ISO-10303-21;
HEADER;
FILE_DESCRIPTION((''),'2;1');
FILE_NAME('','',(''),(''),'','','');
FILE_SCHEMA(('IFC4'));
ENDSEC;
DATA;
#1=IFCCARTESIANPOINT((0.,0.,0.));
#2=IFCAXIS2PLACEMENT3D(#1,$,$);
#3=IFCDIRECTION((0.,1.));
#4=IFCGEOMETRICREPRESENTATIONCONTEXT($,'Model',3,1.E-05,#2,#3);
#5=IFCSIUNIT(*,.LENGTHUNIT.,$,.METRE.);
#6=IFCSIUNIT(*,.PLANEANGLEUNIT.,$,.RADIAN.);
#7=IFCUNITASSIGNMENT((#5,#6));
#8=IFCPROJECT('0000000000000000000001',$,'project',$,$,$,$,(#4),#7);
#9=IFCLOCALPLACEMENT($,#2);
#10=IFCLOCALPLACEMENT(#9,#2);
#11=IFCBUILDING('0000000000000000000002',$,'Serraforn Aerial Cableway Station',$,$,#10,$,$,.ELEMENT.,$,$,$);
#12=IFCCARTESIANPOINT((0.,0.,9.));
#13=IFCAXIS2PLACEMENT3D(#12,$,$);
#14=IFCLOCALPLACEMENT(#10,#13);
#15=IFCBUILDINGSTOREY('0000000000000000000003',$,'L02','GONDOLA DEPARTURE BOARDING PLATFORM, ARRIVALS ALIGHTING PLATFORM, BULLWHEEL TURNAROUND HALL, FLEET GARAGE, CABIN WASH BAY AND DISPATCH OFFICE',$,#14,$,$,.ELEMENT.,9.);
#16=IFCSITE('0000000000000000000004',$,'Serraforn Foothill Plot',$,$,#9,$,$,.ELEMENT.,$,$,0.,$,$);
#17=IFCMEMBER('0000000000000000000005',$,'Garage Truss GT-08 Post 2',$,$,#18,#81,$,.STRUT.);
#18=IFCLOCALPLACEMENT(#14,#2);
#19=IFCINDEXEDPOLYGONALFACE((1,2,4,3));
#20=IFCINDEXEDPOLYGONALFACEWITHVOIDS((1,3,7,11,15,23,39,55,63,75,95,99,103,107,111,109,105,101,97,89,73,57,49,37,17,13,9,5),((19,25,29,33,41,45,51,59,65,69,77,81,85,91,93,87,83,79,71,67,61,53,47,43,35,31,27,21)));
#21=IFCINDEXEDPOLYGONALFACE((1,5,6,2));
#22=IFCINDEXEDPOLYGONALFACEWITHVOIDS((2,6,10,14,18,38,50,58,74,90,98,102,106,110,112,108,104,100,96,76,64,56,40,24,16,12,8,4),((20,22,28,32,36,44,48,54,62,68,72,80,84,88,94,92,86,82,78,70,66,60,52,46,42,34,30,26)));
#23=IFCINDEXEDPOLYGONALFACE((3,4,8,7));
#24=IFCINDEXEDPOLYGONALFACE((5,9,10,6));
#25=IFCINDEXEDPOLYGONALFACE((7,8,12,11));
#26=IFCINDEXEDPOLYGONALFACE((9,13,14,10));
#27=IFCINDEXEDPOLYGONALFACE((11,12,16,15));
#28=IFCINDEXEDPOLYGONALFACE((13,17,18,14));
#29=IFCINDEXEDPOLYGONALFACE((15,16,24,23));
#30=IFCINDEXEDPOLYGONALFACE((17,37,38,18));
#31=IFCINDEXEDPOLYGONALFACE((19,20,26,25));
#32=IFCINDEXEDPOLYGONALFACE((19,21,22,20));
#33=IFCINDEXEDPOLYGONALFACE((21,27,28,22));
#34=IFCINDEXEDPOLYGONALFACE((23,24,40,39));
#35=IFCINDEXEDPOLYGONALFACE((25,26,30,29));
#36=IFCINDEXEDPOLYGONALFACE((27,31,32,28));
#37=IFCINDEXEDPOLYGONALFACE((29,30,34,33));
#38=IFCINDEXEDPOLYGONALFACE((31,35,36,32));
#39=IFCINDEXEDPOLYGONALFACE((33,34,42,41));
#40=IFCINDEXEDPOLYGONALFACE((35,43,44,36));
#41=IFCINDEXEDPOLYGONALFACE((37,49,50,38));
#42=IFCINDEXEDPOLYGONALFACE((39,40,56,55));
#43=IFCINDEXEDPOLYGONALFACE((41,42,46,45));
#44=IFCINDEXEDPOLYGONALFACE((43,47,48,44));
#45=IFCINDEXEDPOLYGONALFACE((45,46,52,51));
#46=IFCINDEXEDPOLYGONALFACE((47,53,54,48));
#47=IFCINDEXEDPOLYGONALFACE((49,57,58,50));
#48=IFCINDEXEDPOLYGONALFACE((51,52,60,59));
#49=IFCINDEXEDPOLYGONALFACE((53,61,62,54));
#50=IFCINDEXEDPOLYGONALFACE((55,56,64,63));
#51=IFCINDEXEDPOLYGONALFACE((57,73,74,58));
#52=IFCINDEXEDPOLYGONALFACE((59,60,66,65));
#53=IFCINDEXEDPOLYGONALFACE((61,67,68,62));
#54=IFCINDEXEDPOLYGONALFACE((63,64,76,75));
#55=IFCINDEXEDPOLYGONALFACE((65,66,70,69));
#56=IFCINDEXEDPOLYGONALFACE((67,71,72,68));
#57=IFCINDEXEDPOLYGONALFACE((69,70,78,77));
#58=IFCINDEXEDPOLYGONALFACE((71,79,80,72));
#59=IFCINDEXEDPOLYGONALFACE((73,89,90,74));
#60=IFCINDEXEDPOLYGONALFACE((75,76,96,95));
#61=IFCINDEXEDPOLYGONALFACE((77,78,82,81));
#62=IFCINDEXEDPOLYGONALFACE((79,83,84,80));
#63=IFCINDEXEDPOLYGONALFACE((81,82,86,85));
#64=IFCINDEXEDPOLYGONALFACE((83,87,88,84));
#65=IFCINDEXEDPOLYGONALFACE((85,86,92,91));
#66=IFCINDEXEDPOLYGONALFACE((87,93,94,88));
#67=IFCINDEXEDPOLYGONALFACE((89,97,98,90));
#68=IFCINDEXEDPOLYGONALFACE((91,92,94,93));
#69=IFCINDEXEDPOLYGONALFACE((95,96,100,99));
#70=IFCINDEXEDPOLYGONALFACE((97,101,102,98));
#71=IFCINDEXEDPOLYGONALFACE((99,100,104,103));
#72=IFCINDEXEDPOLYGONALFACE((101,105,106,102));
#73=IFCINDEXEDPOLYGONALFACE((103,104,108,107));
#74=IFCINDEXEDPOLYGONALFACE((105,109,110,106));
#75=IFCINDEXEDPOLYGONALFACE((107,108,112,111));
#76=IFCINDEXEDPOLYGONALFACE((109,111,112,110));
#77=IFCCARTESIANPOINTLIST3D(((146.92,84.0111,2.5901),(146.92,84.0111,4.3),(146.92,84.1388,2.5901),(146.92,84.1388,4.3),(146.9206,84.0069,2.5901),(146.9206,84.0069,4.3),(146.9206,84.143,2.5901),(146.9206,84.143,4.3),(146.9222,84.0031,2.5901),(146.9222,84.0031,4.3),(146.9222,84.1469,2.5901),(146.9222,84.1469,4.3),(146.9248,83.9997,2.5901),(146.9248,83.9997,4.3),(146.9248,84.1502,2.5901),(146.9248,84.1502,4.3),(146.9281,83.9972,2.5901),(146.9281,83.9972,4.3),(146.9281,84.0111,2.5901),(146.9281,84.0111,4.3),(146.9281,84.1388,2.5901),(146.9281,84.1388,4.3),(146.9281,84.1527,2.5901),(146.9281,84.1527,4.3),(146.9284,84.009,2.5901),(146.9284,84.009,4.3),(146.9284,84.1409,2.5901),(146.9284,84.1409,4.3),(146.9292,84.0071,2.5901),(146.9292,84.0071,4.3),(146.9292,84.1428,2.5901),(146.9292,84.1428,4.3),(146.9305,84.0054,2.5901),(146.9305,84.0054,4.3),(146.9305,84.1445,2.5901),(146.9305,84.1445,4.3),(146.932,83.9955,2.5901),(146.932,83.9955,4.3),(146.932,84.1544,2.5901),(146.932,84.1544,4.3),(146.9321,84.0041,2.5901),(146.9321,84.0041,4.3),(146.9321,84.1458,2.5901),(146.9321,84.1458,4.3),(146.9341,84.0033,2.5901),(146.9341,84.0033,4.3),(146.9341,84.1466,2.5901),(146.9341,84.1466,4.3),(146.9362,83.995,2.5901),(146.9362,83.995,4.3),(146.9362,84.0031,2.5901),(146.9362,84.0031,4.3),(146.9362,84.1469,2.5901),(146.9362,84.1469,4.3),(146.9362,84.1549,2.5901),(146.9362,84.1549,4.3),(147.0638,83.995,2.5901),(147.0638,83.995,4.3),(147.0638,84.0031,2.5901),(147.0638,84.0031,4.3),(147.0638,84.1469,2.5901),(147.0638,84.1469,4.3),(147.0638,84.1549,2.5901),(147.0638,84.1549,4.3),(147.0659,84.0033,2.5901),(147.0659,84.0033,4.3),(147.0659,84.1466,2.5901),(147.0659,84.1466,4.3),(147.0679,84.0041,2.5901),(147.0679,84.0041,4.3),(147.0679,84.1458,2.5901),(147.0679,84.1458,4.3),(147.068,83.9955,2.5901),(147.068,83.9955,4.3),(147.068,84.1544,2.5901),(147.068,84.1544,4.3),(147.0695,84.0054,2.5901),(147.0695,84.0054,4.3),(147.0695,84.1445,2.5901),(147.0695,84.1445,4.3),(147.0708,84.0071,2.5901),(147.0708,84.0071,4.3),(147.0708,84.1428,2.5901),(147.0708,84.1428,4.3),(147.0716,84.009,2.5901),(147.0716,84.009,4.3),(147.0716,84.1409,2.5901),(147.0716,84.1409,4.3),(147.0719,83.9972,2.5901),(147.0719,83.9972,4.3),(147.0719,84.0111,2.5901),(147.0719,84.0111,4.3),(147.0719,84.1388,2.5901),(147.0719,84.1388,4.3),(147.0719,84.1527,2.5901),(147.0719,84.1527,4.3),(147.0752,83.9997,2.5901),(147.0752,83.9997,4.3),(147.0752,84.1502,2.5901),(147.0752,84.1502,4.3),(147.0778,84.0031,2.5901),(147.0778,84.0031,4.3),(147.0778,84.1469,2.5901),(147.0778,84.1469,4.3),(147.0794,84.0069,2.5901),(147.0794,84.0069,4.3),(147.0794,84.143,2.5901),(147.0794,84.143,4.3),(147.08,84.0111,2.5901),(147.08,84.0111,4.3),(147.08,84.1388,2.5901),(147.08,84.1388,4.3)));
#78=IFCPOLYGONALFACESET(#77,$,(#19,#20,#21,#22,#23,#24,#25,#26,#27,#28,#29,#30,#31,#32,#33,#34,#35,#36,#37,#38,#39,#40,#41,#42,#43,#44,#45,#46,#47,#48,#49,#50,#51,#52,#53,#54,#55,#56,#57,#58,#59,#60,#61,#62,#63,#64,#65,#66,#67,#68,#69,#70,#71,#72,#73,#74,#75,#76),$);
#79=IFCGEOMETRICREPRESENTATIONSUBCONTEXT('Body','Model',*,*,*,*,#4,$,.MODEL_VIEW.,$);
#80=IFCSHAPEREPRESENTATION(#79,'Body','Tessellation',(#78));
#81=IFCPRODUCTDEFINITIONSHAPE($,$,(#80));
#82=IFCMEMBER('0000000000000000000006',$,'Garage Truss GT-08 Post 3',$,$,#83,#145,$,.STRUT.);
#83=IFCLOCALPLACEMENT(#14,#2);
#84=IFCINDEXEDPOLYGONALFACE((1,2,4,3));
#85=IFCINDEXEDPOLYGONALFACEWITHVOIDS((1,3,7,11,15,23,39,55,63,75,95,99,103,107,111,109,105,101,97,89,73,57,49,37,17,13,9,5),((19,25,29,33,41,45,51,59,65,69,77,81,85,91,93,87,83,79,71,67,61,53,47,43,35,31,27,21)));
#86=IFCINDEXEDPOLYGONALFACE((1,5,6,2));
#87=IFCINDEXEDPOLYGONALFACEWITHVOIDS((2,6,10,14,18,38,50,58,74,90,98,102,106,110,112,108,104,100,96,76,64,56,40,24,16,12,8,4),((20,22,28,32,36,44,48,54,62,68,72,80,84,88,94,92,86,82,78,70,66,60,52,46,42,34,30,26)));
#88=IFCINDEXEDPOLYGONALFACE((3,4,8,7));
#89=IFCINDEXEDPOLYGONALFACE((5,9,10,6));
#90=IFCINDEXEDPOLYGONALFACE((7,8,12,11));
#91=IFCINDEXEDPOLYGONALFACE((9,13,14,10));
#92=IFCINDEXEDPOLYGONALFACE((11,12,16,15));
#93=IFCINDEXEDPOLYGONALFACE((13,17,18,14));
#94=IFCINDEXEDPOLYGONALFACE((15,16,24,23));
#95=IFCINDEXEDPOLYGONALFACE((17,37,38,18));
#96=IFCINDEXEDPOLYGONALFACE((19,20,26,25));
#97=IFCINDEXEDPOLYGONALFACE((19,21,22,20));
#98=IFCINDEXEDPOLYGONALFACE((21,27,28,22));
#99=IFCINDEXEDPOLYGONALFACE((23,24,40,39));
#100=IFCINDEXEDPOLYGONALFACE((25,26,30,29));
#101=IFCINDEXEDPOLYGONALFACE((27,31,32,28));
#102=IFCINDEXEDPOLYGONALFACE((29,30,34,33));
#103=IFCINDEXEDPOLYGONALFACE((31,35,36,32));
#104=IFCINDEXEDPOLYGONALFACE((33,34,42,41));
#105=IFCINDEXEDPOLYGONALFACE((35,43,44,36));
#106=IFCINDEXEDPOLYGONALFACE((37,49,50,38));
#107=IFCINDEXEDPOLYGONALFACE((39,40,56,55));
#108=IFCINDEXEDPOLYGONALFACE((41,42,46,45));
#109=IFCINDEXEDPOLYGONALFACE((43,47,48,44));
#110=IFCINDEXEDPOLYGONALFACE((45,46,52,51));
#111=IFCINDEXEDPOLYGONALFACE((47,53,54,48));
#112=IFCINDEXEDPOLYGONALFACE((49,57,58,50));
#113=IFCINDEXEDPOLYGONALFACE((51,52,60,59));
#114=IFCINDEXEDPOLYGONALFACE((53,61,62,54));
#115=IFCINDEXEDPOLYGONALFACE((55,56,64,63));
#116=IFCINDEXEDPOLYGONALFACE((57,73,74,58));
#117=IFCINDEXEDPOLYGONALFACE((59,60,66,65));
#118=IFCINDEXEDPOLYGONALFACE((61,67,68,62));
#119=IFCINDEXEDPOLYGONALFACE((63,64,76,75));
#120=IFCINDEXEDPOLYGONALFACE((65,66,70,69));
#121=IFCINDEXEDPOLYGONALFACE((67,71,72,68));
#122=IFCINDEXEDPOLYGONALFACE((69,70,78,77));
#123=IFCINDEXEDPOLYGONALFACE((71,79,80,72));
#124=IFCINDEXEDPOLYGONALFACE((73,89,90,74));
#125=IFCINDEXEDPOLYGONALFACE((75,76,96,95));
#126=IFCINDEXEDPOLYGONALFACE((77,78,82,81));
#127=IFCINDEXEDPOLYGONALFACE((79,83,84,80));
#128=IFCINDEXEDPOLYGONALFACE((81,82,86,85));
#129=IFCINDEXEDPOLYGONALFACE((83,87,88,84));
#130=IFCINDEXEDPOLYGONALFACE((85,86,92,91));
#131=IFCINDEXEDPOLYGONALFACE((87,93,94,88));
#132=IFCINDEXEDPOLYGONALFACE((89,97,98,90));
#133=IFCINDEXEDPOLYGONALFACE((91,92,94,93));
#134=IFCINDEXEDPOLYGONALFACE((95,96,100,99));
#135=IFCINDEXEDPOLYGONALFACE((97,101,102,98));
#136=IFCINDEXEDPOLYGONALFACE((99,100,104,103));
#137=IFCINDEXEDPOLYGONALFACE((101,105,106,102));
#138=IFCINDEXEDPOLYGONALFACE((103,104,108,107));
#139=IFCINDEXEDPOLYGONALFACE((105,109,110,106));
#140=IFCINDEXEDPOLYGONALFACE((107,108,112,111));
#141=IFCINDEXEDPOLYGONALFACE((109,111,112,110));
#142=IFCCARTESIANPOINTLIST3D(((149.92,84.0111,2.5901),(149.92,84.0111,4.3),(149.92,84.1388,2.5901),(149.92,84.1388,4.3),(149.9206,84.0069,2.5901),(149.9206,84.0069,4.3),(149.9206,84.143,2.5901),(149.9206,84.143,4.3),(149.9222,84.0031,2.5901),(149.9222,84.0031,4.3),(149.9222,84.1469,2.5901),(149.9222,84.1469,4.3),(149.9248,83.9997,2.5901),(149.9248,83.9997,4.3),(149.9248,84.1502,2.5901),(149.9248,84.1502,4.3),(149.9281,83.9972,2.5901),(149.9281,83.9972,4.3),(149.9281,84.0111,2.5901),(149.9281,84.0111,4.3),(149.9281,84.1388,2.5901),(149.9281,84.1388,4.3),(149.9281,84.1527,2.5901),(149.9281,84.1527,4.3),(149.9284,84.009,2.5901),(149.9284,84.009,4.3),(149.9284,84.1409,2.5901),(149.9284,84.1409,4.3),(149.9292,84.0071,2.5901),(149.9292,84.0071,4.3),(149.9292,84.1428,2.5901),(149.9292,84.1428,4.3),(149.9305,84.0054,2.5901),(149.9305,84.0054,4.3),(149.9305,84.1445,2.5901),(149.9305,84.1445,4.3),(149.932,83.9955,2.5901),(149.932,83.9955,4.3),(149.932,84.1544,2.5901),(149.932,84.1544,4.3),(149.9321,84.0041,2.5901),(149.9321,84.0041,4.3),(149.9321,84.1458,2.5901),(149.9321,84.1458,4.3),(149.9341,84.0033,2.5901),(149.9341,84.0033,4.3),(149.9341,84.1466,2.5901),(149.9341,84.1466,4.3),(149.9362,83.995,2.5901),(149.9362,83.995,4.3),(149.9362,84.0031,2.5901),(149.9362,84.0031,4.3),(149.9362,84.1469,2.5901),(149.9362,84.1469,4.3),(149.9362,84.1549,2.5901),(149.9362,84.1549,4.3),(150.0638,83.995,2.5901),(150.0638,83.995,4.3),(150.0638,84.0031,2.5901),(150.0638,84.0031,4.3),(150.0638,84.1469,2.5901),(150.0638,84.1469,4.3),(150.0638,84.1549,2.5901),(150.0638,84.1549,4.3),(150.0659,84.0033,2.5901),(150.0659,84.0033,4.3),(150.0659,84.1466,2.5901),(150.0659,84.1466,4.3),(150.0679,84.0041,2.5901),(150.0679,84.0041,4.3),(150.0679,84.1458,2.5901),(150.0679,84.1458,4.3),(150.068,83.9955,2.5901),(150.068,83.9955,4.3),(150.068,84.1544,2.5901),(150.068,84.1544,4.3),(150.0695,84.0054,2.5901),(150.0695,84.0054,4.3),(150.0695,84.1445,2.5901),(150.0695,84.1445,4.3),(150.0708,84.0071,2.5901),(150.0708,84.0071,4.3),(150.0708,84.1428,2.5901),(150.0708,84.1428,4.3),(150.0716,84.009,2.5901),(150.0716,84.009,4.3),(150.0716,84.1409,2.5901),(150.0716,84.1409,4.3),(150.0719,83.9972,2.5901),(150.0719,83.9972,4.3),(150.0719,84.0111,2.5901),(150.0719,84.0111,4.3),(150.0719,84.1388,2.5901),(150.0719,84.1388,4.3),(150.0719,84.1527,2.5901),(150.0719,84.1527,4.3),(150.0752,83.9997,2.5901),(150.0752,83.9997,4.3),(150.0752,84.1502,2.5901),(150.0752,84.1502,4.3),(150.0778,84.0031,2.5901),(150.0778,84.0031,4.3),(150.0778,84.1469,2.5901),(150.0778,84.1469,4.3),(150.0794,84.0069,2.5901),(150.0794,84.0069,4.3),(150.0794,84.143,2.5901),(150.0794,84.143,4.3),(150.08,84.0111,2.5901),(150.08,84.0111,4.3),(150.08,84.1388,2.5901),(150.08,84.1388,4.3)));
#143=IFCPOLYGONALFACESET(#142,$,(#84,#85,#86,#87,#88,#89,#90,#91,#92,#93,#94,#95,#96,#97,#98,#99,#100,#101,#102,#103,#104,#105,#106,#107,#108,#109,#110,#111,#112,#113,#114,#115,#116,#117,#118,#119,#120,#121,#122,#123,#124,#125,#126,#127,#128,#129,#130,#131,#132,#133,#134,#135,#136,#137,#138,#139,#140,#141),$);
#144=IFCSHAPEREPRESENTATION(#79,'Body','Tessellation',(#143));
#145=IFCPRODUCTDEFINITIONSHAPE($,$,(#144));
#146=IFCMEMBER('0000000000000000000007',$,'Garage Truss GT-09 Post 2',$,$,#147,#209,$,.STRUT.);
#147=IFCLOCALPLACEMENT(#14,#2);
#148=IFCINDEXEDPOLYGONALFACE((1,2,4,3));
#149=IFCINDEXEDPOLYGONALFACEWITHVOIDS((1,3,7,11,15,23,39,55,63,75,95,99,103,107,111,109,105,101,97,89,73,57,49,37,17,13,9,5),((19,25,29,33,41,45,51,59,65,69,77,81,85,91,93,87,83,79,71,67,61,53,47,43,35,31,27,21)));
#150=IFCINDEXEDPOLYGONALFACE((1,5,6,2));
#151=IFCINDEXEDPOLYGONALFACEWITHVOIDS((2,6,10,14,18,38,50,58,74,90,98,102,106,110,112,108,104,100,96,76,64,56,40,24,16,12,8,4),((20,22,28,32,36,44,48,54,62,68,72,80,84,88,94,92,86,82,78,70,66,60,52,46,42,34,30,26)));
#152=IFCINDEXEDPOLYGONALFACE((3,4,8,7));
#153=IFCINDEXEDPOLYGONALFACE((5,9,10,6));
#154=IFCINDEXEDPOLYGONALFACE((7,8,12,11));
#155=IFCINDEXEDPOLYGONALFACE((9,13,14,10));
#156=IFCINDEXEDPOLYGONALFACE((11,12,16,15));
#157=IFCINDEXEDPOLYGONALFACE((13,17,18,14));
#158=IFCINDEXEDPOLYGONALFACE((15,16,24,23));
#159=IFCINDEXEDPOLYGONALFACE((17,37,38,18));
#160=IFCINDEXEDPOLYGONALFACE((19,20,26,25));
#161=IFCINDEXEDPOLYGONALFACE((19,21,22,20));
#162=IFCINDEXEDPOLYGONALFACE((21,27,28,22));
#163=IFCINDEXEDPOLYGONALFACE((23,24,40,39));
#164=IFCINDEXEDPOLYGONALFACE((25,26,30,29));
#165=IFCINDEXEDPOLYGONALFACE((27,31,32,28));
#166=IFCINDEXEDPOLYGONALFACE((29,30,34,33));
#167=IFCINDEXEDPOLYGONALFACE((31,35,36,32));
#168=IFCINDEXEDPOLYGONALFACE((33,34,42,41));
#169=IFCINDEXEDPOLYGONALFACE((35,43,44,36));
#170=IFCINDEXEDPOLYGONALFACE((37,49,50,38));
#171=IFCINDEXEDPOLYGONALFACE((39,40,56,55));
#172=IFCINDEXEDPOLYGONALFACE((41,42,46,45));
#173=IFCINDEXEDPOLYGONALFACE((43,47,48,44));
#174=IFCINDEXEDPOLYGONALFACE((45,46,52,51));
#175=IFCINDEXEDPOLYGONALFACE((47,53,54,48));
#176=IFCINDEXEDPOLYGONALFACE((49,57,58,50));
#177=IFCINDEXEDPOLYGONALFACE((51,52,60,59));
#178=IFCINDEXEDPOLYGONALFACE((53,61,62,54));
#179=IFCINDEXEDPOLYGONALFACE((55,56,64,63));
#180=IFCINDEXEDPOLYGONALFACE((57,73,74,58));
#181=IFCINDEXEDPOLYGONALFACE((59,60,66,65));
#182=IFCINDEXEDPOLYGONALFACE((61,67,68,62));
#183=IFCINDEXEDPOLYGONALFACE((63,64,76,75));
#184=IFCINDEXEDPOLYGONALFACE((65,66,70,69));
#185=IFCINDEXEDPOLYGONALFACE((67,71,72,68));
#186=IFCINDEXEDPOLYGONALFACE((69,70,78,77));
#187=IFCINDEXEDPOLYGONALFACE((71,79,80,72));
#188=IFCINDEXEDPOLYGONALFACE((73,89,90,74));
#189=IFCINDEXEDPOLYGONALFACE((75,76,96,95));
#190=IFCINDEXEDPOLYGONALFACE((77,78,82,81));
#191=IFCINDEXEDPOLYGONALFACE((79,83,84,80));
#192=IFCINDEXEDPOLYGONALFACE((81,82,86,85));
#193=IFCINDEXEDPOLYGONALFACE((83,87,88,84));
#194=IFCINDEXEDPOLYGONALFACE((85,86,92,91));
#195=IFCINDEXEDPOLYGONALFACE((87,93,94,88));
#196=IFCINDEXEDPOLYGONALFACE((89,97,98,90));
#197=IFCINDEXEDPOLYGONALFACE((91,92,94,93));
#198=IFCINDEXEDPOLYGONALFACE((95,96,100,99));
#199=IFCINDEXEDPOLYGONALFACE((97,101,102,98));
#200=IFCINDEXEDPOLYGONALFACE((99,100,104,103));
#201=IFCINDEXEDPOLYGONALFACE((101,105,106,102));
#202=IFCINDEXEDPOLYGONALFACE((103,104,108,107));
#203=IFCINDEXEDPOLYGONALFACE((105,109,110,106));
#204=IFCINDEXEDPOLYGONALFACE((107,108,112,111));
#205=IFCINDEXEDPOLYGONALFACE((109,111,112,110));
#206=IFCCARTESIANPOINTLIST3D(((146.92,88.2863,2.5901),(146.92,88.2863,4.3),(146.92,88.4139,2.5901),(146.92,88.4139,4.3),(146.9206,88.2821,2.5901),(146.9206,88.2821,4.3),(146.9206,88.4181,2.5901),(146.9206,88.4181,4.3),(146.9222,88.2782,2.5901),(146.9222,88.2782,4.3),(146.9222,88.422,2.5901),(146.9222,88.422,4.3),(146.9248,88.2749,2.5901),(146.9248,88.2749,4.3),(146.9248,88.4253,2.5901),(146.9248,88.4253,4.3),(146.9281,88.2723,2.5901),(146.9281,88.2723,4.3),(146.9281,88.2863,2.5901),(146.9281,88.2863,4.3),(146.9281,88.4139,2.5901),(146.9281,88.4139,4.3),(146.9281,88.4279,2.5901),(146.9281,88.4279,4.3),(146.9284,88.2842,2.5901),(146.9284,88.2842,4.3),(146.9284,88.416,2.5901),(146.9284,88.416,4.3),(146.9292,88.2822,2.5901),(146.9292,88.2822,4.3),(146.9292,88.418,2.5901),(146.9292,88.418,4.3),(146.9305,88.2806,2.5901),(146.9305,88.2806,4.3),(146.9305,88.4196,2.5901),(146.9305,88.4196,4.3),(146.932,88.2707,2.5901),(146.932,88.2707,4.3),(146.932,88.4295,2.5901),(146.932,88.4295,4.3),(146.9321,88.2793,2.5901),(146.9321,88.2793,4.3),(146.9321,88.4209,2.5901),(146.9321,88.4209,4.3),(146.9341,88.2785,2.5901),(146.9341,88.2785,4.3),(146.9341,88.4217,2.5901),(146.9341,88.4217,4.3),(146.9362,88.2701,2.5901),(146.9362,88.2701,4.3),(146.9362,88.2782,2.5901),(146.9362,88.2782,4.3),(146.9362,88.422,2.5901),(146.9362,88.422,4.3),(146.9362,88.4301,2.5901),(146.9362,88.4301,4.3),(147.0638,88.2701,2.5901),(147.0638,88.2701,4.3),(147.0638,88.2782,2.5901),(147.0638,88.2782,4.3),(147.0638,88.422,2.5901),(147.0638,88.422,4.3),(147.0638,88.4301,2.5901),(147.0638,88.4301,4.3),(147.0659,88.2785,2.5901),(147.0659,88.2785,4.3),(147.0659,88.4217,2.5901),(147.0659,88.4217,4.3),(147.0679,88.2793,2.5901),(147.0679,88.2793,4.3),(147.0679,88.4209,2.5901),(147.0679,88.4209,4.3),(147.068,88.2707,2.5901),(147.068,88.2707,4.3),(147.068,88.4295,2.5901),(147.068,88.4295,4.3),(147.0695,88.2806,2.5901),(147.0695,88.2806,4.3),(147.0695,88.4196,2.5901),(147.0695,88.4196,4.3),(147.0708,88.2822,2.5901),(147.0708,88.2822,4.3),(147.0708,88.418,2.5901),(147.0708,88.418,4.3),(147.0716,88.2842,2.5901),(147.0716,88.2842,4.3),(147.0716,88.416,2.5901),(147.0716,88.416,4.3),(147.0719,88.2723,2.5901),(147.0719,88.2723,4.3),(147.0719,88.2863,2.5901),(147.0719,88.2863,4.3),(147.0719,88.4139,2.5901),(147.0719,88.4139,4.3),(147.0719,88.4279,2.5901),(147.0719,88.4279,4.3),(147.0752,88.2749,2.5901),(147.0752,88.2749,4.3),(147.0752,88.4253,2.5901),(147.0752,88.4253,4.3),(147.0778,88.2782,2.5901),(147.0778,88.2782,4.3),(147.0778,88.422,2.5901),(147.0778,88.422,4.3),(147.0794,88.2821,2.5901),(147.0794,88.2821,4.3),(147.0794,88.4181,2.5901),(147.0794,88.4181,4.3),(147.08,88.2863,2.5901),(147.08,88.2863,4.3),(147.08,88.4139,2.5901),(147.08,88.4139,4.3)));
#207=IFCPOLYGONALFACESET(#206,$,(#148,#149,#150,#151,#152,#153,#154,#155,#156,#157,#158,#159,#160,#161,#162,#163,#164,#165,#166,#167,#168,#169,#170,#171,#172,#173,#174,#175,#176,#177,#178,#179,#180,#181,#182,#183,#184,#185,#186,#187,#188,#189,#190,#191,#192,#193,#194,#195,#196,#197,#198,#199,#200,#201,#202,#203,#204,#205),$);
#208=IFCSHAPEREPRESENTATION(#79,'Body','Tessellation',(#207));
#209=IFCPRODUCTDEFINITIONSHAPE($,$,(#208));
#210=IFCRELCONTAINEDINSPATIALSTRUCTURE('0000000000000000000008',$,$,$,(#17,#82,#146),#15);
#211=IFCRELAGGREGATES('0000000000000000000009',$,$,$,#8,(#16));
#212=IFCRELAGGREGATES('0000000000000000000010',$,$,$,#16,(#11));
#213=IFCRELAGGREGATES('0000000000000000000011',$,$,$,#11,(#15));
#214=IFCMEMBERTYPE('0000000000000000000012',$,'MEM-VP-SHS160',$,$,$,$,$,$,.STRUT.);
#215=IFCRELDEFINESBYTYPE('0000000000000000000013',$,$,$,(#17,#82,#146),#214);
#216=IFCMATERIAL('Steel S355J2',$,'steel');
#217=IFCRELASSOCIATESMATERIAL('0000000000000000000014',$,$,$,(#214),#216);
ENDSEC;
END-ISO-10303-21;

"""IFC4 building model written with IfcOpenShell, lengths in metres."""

from ifc_helpers import new_model, si_unit, direction, frame, origin, origin_2d, place, context, subcontext, project, spatial, hollow_rectangle, extrude, material, material_profile, profile_set, type_object, element, save


model = new_model("IFC4")

# Units and contexts
model_context = context("Model", 3, precision=1e-05, world=origin(), true_north=direction((0.0, 1.0)))
body_context = subcontext(model_context, "Body", "Model", "MODEL_VIEW")
ifc_project = project(units=[si_unit("LENGTHUNIT", "METRE"), si_unit("PLANEANGLEUNIT", "RADIAN")], contexts=[model_context])

# Site, building, storey
site_placement = place(None, origin())
site = spatial("IfcSite", under=ifc_project, at=site_placement, Name="Serraforn Foothill Plot", CompositionType="ELEMENT", RefElevation=0.0)
building_placement = place(site_placement, origin())
building = spatial("IfcBuilding", under=site, at=building_placement, Name="Serraforn Aerial Cableway Station", CompositionType="ELEMENT")
storey_placement = place(building_placement, frame((0.0, 0.0, 9.0)))
storey = spatial("IfcBuildingStorey", under=building, at=storey_placement, Name="L02", Description="GONDOLA DEPARTURE BOARDING PLATFORM, ARRIVALS ALIGHTING PLATFORM, BULLWHEEL TURNAROUND HALL, FLEET GARAGE, CABIN WASH BAY AND DISPATCH OFFICE", CompositionType="ELEMENT", Elevation=9.0)

# Members
ifc_material_1 = material(Name="Steel S355J2", Category="steel")
ifc_material_profile_1 = material_profile(ifc_material_1, hollow_rectangle(XDim=0.1599, YDim=0.1599, WallThickness=0.0081, InnerFilletRadius=0.0081, OuterFilletRadius=0.0161, at=origin_2d()), Name="SHS 160x160x8.0")
ifc_profile_set_1 = profile_set([ifc_material_profile_1], Name="Steel S355J2")
member_type_1 = type_object("IfcMemberType", Name="MEM-VP-SHS160", PredefinedType="STRUT", material=ifc_profile_set_1)
for number, where, z_axis, x_axis, name in (
    (1, (147.0, 84.075, 2.5901), (0.0, 0.0, 1.0), (1.0, 0.0, 0.0), "Garage Truss GT-08 Post 2"),
    (2, (150.0, 84.075, 2.5901), (0.0, 0.0, 1.0), (1.0, 0.0, 0.0), "Garage Truss GT-08 Post 3"),
    (3, (147.0, 88.3501, 2.5901), (0.0, 0.0, 1.0), (1.0, 0.0, 0.0), "Garage Truss GT-09 Post 2"),
):
    element("IfcMember", number, at=place(storey_placement, frame(where, z_axis=z_axis, x_axis=x_axis)), inside=storey, type_object=member_type_1, Name=name, PredefinedType="STRUT", context=body_context, shape_type="SweptSolid", body=[
        extrude(hollow_rectangle(XDim=0.1599, YDim=0.1599, WallThickness=0.0081, InnerFilletRadius=0.0081, OuterFilletRadius=0.0161, at=origin_2d()), origin(), (0.0, 0.0, 1.0), 1.71),
    ])

save(model, "model.ifc")
